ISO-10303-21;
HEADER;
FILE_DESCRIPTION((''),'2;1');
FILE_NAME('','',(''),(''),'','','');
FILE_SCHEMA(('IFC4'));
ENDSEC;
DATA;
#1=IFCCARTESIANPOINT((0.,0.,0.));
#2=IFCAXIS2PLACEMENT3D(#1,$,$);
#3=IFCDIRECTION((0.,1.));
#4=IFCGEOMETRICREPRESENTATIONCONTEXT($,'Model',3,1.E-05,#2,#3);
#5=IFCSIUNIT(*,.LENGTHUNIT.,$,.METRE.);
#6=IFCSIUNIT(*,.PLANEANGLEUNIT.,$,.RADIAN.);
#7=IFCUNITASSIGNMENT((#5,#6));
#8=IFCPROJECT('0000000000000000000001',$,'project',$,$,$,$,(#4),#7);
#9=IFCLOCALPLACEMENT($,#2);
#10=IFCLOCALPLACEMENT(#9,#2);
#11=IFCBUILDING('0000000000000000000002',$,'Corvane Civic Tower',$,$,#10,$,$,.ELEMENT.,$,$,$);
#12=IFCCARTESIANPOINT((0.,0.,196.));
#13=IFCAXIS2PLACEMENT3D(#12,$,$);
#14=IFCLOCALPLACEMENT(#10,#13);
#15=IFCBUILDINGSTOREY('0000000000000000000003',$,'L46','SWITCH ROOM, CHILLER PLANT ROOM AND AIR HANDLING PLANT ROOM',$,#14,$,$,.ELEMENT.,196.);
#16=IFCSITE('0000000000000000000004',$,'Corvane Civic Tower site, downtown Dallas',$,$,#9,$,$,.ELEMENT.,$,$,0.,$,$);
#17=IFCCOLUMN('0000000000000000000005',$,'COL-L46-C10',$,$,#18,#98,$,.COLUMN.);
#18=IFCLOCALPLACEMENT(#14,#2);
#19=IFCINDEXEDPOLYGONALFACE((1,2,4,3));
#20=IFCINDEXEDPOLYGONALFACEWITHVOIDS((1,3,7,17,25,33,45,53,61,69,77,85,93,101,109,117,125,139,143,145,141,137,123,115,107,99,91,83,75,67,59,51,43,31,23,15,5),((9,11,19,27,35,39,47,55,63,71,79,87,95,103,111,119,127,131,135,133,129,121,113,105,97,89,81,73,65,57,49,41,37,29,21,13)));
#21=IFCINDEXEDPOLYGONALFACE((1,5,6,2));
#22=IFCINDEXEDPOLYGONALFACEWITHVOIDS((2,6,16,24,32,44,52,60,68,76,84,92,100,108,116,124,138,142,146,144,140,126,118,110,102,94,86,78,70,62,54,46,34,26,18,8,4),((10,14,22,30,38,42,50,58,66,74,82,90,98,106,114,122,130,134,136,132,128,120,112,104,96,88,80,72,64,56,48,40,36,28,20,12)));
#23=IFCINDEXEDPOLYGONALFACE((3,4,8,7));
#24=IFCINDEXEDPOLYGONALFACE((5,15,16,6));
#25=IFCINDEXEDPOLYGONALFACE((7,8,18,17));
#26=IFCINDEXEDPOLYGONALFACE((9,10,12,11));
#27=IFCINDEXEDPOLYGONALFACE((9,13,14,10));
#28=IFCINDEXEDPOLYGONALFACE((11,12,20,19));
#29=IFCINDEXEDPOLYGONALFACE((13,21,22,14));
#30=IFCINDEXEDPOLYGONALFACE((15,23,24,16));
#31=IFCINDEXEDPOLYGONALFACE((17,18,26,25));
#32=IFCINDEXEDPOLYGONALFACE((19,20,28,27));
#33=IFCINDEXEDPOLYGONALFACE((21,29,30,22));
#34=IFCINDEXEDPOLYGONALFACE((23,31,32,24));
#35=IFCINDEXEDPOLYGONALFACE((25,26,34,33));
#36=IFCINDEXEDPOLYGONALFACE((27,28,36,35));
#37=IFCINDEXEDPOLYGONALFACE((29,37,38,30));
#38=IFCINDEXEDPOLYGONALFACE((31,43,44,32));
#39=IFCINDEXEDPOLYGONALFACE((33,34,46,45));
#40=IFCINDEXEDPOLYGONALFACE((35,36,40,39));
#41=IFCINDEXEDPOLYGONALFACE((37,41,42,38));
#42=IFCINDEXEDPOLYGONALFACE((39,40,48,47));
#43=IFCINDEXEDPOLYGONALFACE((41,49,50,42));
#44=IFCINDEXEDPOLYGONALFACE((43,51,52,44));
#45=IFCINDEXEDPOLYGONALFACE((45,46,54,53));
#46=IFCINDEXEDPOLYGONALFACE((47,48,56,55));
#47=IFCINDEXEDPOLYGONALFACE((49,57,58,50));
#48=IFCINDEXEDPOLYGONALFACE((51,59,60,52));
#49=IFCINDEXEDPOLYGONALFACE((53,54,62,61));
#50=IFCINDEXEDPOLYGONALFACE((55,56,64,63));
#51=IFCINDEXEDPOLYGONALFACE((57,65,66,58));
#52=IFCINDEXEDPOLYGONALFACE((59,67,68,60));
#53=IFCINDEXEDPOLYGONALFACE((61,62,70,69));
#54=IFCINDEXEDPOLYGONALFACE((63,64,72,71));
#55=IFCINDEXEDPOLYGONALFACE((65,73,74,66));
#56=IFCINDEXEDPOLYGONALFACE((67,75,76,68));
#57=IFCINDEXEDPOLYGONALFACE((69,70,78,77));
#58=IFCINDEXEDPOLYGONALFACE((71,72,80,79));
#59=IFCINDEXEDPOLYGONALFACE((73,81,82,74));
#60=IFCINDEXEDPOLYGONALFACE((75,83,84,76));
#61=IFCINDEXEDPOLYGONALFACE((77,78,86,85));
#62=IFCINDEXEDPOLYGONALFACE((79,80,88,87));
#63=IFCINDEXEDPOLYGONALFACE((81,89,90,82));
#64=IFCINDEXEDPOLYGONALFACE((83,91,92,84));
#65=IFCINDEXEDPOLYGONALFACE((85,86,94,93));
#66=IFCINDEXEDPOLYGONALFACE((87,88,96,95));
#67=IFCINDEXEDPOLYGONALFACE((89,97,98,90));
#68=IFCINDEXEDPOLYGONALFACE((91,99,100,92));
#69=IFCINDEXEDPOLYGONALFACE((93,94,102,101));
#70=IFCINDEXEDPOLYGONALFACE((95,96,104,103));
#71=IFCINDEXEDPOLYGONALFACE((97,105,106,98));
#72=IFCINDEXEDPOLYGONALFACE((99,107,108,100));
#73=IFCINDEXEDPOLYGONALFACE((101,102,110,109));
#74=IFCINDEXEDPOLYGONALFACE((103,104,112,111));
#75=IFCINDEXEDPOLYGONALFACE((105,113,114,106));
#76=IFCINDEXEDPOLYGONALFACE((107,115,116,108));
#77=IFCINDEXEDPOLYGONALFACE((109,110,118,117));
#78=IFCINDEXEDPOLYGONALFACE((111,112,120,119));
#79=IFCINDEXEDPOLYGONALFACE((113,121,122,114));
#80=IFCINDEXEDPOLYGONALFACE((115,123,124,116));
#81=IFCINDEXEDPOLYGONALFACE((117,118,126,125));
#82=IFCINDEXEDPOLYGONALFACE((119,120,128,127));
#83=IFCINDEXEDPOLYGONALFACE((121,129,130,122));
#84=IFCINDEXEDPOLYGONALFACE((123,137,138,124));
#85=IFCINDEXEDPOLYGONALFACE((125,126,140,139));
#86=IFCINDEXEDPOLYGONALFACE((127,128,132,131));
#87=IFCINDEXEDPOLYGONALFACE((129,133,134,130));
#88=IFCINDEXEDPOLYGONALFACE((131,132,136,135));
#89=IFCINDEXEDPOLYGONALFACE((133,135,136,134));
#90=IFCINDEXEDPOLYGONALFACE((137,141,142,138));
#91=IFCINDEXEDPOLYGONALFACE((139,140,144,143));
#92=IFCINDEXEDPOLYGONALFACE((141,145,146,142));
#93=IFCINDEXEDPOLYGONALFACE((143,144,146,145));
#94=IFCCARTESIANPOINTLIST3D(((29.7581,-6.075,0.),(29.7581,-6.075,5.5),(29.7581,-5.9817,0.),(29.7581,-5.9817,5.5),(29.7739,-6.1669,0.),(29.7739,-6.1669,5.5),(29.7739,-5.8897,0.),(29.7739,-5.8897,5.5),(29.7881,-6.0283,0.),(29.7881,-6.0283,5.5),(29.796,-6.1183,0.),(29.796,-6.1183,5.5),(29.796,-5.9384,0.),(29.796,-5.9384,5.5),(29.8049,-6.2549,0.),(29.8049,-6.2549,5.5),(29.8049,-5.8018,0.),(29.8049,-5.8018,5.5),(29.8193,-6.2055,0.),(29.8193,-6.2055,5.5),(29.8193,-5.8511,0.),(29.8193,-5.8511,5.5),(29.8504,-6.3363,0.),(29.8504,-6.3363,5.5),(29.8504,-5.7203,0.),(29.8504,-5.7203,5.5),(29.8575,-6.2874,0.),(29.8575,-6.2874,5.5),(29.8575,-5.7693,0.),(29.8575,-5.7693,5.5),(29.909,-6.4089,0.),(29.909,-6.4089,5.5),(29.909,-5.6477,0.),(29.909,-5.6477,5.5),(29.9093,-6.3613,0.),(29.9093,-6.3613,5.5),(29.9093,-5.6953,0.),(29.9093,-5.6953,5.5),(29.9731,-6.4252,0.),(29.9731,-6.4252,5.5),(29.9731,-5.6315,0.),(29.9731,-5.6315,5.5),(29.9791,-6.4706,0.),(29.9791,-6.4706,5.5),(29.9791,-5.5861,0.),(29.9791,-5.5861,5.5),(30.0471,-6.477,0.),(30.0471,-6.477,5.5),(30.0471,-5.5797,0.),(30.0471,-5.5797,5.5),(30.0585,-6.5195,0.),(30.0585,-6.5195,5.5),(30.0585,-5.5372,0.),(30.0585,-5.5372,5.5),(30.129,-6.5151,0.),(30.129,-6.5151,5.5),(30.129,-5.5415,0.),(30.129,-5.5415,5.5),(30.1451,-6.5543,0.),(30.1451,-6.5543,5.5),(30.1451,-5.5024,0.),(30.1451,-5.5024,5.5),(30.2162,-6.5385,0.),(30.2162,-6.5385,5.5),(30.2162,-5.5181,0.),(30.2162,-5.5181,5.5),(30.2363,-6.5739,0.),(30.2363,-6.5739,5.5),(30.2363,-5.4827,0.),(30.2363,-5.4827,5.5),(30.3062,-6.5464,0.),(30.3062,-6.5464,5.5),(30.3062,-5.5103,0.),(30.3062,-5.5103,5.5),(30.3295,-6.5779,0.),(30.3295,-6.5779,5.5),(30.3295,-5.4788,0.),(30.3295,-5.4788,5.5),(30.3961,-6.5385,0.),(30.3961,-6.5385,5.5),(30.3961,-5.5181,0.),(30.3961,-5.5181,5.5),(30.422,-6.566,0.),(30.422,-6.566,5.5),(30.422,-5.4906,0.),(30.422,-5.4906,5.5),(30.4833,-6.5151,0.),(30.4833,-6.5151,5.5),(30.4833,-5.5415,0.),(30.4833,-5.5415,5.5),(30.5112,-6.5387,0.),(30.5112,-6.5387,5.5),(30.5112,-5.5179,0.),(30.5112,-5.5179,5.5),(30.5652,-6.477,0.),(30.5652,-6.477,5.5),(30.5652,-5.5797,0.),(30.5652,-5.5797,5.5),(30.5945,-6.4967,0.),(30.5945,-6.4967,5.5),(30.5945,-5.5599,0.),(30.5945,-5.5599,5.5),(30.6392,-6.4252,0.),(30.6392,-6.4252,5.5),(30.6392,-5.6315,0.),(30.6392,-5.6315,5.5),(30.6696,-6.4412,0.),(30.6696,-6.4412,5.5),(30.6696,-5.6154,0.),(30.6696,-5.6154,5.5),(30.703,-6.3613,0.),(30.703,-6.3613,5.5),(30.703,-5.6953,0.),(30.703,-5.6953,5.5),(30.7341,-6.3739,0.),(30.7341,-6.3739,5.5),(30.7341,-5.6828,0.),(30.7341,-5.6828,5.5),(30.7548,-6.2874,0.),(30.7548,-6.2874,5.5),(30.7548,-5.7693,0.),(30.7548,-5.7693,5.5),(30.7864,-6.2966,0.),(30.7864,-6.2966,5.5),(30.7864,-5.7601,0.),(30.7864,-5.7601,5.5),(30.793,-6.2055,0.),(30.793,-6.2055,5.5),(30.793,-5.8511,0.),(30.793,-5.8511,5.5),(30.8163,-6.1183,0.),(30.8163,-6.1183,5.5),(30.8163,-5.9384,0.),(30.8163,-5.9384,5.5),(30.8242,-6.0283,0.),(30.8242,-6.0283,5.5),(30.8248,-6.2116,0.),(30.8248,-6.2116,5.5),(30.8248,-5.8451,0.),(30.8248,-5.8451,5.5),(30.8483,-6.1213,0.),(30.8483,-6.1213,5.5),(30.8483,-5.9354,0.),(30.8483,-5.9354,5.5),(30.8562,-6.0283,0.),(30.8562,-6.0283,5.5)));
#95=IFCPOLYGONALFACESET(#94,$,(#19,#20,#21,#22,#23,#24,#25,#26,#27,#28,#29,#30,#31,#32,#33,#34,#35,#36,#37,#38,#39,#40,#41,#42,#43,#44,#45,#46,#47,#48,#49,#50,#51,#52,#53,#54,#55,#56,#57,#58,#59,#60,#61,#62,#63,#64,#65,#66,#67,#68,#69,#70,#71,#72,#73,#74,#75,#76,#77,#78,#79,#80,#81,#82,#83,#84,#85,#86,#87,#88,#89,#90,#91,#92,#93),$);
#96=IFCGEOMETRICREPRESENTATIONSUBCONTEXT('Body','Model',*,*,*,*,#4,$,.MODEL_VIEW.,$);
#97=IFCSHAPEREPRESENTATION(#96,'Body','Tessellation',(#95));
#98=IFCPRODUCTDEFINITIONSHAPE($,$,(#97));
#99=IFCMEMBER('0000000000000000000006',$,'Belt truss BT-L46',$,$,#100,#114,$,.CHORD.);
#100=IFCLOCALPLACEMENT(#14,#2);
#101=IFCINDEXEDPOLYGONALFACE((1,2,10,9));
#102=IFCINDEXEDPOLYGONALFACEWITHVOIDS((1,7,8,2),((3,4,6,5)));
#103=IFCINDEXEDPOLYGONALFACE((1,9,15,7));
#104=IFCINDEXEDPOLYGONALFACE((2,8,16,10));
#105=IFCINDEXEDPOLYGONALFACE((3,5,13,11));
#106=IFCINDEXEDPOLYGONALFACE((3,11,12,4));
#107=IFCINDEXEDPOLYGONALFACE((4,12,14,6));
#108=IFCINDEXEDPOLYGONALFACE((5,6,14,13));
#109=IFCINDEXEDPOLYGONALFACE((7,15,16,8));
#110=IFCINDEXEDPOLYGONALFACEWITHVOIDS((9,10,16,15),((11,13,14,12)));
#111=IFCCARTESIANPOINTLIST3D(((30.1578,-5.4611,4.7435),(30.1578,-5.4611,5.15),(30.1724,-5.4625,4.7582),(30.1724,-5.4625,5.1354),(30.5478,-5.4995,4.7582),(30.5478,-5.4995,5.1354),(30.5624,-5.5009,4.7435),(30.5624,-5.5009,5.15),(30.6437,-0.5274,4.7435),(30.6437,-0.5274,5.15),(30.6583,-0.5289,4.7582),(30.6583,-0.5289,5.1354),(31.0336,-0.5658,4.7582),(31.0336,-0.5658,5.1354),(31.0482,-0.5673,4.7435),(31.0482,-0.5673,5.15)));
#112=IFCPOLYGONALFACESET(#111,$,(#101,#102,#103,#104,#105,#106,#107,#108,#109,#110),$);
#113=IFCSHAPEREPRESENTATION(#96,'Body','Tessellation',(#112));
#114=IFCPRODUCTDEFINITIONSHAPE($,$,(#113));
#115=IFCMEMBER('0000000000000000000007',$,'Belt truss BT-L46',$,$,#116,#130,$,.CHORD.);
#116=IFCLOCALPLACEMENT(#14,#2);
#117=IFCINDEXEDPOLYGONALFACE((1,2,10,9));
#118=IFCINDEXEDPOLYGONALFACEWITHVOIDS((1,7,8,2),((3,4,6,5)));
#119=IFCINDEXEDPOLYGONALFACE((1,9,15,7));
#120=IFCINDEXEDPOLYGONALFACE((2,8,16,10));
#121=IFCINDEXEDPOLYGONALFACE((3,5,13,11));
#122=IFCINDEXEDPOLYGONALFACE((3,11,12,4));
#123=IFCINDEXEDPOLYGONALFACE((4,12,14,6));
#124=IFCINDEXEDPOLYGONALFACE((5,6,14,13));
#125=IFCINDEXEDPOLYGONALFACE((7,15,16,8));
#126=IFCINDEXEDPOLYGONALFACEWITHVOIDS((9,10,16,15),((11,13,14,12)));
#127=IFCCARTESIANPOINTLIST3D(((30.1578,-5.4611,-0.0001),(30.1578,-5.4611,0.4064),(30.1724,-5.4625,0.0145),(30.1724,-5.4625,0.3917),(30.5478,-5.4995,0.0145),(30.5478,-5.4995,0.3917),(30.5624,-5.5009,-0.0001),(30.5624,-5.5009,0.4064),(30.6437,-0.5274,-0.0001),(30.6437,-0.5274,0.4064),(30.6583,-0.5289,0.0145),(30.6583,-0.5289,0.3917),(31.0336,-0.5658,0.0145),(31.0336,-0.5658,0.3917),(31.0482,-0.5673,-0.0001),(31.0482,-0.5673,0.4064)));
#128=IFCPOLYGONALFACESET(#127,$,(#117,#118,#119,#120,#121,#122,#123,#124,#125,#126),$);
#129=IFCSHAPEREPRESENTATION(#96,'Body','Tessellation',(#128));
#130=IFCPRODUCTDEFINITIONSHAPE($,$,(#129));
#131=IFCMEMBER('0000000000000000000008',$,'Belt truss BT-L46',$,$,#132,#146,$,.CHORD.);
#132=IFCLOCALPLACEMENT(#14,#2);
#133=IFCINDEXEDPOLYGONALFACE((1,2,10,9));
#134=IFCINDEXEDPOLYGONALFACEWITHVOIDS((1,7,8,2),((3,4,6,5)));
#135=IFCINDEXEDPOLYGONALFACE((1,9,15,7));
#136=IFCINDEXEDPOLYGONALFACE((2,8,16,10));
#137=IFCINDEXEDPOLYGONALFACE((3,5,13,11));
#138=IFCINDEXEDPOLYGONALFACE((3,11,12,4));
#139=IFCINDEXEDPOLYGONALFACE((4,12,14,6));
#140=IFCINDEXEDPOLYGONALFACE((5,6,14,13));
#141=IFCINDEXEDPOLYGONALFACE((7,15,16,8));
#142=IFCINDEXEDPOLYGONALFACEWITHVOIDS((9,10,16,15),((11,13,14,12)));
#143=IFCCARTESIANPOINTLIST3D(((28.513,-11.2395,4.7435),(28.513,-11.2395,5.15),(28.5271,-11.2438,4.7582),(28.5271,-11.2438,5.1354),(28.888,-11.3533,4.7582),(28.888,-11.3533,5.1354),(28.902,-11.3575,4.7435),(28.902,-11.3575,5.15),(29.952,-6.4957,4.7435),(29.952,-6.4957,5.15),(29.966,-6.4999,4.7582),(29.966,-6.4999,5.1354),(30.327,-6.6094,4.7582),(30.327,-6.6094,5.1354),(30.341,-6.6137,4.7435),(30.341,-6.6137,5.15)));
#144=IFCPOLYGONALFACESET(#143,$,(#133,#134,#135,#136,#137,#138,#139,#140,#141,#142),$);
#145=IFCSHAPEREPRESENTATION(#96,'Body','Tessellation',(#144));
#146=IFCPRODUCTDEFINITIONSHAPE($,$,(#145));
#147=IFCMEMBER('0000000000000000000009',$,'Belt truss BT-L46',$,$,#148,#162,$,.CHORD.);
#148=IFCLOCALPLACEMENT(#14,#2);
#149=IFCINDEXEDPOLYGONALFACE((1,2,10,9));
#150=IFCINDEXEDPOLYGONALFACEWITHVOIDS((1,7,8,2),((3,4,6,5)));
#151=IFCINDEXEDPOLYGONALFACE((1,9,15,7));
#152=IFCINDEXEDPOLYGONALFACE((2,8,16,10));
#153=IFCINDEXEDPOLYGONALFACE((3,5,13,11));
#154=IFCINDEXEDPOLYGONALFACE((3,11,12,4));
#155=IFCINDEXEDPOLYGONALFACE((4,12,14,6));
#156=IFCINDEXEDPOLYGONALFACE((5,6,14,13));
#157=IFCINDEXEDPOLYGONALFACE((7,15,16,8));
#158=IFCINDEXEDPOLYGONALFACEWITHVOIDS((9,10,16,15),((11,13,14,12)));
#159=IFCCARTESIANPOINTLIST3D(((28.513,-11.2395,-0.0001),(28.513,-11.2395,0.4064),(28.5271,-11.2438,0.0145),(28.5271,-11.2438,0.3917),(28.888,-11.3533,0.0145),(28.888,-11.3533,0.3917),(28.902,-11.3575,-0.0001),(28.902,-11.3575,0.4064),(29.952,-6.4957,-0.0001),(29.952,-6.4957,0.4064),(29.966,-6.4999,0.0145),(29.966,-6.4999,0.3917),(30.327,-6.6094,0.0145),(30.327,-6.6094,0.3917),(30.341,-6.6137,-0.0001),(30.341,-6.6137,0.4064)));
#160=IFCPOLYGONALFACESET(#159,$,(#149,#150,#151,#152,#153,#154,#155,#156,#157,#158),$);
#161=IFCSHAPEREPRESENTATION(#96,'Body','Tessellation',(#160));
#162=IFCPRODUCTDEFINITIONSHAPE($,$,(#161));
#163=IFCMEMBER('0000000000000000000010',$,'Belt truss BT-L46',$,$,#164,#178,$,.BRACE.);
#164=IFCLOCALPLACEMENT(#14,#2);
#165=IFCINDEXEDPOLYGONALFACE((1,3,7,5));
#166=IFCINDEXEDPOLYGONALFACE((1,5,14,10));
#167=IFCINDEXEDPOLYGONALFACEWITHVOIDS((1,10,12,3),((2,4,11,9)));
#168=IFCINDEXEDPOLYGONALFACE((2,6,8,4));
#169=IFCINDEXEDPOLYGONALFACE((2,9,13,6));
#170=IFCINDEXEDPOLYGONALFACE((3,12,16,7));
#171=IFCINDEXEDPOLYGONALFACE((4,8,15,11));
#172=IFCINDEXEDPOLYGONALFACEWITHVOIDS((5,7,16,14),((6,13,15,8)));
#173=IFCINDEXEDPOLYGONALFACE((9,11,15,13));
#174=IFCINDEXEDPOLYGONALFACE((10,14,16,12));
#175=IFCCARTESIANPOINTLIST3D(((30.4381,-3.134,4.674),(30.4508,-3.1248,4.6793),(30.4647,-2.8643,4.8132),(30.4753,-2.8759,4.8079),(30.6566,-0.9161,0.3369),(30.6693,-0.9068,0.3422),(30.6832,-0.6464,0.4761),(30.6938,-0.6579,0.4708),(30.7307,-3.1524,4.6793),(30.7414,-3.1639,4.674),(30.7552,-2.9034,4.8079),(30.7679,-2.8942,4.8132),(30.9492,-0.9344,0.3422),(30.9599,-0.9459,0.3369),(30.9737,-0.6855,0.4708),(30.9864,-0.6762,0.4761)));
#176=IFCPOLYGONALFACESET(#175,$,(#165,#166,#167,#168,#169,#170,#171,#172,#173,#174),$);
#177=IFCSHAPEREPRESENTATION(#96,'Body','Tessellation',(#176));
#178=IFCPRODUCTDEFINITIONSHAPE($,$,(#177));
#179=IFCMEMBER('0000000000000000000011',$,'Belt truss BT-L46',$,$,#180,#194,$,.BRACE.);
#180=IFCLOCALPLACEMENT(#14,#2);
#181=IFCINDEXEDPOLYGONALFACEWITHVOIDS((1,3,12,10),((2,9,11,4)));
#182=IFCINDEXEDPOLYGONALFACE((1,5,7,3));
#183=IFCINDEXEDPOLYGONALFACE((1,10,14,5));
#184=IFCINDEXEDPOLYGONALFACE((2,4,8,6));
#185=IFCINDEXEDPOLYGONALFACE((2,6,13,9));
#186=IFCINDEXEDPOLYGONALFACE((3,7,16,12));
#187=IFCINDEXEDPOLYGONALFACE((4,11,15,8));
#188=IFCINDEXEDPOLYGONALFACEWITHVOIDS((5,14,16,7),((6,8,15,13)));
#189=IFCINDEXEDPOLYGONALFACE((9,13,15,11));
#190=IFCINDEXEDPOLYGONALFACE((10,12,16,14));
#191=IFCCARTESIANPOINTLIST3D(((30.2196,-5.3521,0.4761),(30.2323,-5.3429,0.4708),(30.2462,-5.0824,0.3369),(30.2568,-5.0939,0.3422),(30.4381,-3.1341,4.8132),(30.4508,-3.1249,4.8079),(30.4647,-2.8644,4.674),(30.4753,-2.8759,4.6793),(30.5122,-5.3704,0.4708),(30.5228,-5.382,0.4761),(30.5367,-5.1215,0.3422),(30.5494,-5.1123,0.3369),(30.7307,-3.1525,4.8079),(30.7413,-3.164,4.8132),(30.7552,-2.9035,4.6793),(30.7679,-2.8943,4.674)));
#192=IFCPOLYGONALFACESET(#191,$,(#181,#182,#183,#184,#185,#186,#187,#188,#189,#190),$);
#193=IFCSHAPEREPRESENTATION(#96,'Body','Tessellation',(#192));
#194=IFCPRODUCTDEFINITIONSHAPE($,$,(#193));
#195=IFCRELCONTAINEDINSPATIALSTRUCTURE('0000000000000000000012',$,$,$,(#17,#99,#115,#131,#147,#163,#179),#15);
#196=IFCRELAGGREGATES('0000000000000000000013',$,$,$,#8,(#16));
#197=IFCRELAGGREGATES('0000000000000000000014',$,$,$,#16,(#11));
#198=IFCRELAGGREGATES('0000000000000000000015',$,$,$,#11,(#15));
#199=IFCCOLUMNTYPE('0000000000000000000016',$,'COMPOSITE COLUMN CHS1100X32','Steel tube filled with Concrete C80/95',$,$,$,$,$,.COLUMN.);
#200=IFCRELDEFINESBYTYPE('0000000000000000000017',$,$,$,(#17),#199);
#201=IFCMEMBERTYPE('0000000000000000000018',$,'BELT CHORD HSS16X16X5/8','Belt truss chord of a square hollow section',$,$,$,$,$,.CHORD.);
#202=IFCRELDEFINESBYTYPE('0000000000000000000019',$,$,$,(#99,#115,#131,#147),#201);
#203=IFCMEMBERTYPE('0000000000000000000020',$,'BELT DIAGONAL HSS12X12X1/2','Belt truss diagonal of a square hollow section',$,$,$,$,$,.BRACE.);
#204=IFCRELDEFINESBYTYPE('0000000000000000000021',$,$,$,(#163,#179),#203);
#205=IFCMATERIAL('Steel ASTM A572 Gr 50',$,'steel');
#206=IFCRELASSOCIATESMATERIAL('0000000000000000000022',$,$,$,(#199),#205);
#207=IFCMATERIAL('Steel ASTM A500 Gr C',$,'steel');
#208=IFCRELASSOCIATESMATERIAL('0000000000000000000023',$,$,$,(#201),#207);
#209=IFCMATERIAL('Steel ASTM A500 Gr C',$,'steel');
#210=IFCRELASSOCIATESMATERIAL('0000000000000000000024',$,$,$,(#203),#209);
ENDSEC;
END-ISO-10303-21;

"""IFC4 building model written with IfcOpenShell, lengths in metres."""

from ifc_helpers import new_model, si_unit, direction, frame, origin, origin_2d, place, context, subcontext, project, spatial, hollow_rectangle, hollow_circle, extrude, material, material_profile, profile_set, type_object, element, save


model = new_model("IFC4")

# Units and contexts
model_context = context("Model", 3, precision=1e-05, world=origin(), true_north=direction((0.0, 1.0)))
body_context = subcontext(model_context, "Body", "Model", "MODEL_VIEW")
ifc_project = project(units=[si_unit("LENGTHUNIT", "METRE"), si_unit("PLANEANGLEUNIT", "RADIAN")], contexts=[model_context])

# Site, building, storey
site_placement = place(None, origin())
site = spatial("IfcSite", under=ifc_project, at=site_placement, Name="Corvane Civic Tower site, downtown Dallas", CompositionType="ELEMENT", RefElevation=0.0)
building_placement = place(site_placement, origin())
building = spatial("IfcBuilding", under=site, at=building_placement, Name="Corvane Civic Tower", CompositionType="ELEMENT")
storey_placement = place(building_placement, frame((0.0, 0.0, 196.0)))
storey = spatial("IfcBuildingStorey", under=building, at=storey_placement, Name="L46", Description="SWITCH ROOM, CHILLER PLANT ROOM AND AIR HANDLING PLANT ROOM", CompositionType="ELEMENT", Elevation=196.0)

# Column
ifc_material_1 = material(Name="Steel ASTM A572 Gr 50", Category="steel")
ifc_material_profile_1 = material_profile(ifc_material_1, hollow_circle(Radius=0.55, WallThickness=0.032, at=origin_2d()), Name="CHS1100X32")
ifc_profile_set_1 = profile_set([ifc_material_profile_1], Name="Steel ASTM A572 Gr 50")
column_type = type_object("IfcColumnType", Name="COMPOSITE COLUMN CHS1100X32", Description="Steel tube filled with Concrete C80/95", PredefinedType="COLUMN", material=ifc_profile_set_1)
column_placement = place(storey_placement, frame((30.3062, -6.0283, 0.0), z_axis=(0.0, 0.0, 1.0), x_axis=(1.0, 0.0, 0.0)))
element("IfcColumn", 1, at=column_placement, inside=storey, type_object=column_type, Name="COL-L46-C10", PredefinedType="COLUMN", context=body_context, shape_type="SweptSolid", body=[
    extrude(hollow_circle(Radius=0.55, WallThickness=0.032, at=origin_2d()), origin(), (0.0, 0.0, 1.0), 5.5),
])

# Members
ifc_material_2 = material(Name="Steel ASTM A500 Gr C", Category="steel")
ifc_material_profile_2 = material_profile(ifc_material_2, hollow_rectangle(XDim=0.4065, YDim=0.4065, WallThickness=0.0146, at=origin_2d()), Name="HSS16X16X5/8")
ifc_profile_set_2 = profile_set([ifc_material_profile_2], Name="Steel ASTM A500 Gr C")
member_type_1 = type_object("IfcMemberType", Name="BELT CHORD HSS16X16X5/8", Description="Belt truss chord of a square hollow section", PredefinedType="CHORD", material=ifc_profile_set_2)
for number, where, z_axis, x_axis, name in (
    (2, (30.8459, -0.5474, 4.9468), (-0.098002, -0.995186, 0.0), (0.995186, -0.098002, 0.0), "Belt truss BT-L46"),
    (3, (30.8459, -0.5474, 0.2031), (-0.098002, -0.995186, 0.0), (0.995186, -0.098002, 0.0), "Belt truss BT-L46"),
):
    element("IfcMember", number, at=place(storey_placement, frame(where, z_axis=z_axis, x_axis=x_axis)), inside=storey, type_object=member_type_1, Name=name, PredefinedType="CHORD", context=body_context, shape_type="SweptSolid", body=[
        extrude(hollow_rectangle(XDim=0.4065, YDim=0.4065, WallThickness=0.0146, at=origin_2d()), origin(), (0.0, 0.0, 1.0), 4.9575),
    ])
for number, where, z_axis, x_axis, name in (
    (4, (30.1465, -6.5547, 4.9468), (-0.29027, -0.956945, 0.0), (0.956945, -0.29027, 0.0), "Belt truss BT-L46"),
    (5, (30.1465, -6.5547, 0.2031), (-0.29027, -0.956945, 0.0), (0.956945, -0.29027, 0.0), "Belt truss BT-L46"),
):
    element("IfcMember", number, at=place(storey_placement, frame(where, z_axis=z_axis, x_axis=x_axis)), inside=storey, type_object=member_type_1, Name=name, PredefinedType="CHORD", context=body_context, shape_type="SweptSolid", body=[
        extrude(hollow_rectangle(XDim=0.4065, YDim=0.4065, WallThickness=0.0146, at=origin_2d()), origin(), (0.0, 0.0, 1.0), 4.9573),
    ])
ifc_material_3 = material(Name="Steel ASTM A500 Gr C", Category="steel")
ifc_material_profile_3 = material_profile(ifc_material_3, hollow_rectangle(XDim=0.3047, YDim=0.3047, WallThickness=0.0117, at=origin_2d()), Name="HSS12X12X1/2")
ifc_profile_set_3 = profile_set([ifc_material_profile_3], Name="Steel ASTM A500 Gr C")
member_type_2 = type_object("IfcMemberType", Name="BELT DIAGONAL HSS12X12X1/2", Description="Belt truss diagonal of a square hollow section", PredefinedType="BRACE", material=ifc_profile_set_3)
for number, where, z_axis, x_axis, name in (
    (6, (30.8215, -0.7961, 0.4065), (-0.04481, -0.454857, 0.889437), (0.995183, -0.098039, 0.0), "Belt truss BT-L46"),
    (7, (30.3845, -5.2322, 0.4065), (0.04481, 0.454857, 0.889437), (-0.995183, 0.098039, 0.0), "Belt truss BT-L46"),
):
    element("IfcMember", number, at=place(storey_placement, frame(where, z_axis=z_axis, x_axis=x_axis)), inside=storey, type_object=member_type_2, Name=name, PredefinedType="BRACE", context=body_context, shape_type="SweptSolid", body=[
        extrude(hollow_rectangle(XDim=0.3047, YDim=0.3047, WallThickness=0.0117, at=origin_2d()), origin(), (0.0, 0.0, 1.0), 4.8762),
    ])

save(model, "model.ifc")
